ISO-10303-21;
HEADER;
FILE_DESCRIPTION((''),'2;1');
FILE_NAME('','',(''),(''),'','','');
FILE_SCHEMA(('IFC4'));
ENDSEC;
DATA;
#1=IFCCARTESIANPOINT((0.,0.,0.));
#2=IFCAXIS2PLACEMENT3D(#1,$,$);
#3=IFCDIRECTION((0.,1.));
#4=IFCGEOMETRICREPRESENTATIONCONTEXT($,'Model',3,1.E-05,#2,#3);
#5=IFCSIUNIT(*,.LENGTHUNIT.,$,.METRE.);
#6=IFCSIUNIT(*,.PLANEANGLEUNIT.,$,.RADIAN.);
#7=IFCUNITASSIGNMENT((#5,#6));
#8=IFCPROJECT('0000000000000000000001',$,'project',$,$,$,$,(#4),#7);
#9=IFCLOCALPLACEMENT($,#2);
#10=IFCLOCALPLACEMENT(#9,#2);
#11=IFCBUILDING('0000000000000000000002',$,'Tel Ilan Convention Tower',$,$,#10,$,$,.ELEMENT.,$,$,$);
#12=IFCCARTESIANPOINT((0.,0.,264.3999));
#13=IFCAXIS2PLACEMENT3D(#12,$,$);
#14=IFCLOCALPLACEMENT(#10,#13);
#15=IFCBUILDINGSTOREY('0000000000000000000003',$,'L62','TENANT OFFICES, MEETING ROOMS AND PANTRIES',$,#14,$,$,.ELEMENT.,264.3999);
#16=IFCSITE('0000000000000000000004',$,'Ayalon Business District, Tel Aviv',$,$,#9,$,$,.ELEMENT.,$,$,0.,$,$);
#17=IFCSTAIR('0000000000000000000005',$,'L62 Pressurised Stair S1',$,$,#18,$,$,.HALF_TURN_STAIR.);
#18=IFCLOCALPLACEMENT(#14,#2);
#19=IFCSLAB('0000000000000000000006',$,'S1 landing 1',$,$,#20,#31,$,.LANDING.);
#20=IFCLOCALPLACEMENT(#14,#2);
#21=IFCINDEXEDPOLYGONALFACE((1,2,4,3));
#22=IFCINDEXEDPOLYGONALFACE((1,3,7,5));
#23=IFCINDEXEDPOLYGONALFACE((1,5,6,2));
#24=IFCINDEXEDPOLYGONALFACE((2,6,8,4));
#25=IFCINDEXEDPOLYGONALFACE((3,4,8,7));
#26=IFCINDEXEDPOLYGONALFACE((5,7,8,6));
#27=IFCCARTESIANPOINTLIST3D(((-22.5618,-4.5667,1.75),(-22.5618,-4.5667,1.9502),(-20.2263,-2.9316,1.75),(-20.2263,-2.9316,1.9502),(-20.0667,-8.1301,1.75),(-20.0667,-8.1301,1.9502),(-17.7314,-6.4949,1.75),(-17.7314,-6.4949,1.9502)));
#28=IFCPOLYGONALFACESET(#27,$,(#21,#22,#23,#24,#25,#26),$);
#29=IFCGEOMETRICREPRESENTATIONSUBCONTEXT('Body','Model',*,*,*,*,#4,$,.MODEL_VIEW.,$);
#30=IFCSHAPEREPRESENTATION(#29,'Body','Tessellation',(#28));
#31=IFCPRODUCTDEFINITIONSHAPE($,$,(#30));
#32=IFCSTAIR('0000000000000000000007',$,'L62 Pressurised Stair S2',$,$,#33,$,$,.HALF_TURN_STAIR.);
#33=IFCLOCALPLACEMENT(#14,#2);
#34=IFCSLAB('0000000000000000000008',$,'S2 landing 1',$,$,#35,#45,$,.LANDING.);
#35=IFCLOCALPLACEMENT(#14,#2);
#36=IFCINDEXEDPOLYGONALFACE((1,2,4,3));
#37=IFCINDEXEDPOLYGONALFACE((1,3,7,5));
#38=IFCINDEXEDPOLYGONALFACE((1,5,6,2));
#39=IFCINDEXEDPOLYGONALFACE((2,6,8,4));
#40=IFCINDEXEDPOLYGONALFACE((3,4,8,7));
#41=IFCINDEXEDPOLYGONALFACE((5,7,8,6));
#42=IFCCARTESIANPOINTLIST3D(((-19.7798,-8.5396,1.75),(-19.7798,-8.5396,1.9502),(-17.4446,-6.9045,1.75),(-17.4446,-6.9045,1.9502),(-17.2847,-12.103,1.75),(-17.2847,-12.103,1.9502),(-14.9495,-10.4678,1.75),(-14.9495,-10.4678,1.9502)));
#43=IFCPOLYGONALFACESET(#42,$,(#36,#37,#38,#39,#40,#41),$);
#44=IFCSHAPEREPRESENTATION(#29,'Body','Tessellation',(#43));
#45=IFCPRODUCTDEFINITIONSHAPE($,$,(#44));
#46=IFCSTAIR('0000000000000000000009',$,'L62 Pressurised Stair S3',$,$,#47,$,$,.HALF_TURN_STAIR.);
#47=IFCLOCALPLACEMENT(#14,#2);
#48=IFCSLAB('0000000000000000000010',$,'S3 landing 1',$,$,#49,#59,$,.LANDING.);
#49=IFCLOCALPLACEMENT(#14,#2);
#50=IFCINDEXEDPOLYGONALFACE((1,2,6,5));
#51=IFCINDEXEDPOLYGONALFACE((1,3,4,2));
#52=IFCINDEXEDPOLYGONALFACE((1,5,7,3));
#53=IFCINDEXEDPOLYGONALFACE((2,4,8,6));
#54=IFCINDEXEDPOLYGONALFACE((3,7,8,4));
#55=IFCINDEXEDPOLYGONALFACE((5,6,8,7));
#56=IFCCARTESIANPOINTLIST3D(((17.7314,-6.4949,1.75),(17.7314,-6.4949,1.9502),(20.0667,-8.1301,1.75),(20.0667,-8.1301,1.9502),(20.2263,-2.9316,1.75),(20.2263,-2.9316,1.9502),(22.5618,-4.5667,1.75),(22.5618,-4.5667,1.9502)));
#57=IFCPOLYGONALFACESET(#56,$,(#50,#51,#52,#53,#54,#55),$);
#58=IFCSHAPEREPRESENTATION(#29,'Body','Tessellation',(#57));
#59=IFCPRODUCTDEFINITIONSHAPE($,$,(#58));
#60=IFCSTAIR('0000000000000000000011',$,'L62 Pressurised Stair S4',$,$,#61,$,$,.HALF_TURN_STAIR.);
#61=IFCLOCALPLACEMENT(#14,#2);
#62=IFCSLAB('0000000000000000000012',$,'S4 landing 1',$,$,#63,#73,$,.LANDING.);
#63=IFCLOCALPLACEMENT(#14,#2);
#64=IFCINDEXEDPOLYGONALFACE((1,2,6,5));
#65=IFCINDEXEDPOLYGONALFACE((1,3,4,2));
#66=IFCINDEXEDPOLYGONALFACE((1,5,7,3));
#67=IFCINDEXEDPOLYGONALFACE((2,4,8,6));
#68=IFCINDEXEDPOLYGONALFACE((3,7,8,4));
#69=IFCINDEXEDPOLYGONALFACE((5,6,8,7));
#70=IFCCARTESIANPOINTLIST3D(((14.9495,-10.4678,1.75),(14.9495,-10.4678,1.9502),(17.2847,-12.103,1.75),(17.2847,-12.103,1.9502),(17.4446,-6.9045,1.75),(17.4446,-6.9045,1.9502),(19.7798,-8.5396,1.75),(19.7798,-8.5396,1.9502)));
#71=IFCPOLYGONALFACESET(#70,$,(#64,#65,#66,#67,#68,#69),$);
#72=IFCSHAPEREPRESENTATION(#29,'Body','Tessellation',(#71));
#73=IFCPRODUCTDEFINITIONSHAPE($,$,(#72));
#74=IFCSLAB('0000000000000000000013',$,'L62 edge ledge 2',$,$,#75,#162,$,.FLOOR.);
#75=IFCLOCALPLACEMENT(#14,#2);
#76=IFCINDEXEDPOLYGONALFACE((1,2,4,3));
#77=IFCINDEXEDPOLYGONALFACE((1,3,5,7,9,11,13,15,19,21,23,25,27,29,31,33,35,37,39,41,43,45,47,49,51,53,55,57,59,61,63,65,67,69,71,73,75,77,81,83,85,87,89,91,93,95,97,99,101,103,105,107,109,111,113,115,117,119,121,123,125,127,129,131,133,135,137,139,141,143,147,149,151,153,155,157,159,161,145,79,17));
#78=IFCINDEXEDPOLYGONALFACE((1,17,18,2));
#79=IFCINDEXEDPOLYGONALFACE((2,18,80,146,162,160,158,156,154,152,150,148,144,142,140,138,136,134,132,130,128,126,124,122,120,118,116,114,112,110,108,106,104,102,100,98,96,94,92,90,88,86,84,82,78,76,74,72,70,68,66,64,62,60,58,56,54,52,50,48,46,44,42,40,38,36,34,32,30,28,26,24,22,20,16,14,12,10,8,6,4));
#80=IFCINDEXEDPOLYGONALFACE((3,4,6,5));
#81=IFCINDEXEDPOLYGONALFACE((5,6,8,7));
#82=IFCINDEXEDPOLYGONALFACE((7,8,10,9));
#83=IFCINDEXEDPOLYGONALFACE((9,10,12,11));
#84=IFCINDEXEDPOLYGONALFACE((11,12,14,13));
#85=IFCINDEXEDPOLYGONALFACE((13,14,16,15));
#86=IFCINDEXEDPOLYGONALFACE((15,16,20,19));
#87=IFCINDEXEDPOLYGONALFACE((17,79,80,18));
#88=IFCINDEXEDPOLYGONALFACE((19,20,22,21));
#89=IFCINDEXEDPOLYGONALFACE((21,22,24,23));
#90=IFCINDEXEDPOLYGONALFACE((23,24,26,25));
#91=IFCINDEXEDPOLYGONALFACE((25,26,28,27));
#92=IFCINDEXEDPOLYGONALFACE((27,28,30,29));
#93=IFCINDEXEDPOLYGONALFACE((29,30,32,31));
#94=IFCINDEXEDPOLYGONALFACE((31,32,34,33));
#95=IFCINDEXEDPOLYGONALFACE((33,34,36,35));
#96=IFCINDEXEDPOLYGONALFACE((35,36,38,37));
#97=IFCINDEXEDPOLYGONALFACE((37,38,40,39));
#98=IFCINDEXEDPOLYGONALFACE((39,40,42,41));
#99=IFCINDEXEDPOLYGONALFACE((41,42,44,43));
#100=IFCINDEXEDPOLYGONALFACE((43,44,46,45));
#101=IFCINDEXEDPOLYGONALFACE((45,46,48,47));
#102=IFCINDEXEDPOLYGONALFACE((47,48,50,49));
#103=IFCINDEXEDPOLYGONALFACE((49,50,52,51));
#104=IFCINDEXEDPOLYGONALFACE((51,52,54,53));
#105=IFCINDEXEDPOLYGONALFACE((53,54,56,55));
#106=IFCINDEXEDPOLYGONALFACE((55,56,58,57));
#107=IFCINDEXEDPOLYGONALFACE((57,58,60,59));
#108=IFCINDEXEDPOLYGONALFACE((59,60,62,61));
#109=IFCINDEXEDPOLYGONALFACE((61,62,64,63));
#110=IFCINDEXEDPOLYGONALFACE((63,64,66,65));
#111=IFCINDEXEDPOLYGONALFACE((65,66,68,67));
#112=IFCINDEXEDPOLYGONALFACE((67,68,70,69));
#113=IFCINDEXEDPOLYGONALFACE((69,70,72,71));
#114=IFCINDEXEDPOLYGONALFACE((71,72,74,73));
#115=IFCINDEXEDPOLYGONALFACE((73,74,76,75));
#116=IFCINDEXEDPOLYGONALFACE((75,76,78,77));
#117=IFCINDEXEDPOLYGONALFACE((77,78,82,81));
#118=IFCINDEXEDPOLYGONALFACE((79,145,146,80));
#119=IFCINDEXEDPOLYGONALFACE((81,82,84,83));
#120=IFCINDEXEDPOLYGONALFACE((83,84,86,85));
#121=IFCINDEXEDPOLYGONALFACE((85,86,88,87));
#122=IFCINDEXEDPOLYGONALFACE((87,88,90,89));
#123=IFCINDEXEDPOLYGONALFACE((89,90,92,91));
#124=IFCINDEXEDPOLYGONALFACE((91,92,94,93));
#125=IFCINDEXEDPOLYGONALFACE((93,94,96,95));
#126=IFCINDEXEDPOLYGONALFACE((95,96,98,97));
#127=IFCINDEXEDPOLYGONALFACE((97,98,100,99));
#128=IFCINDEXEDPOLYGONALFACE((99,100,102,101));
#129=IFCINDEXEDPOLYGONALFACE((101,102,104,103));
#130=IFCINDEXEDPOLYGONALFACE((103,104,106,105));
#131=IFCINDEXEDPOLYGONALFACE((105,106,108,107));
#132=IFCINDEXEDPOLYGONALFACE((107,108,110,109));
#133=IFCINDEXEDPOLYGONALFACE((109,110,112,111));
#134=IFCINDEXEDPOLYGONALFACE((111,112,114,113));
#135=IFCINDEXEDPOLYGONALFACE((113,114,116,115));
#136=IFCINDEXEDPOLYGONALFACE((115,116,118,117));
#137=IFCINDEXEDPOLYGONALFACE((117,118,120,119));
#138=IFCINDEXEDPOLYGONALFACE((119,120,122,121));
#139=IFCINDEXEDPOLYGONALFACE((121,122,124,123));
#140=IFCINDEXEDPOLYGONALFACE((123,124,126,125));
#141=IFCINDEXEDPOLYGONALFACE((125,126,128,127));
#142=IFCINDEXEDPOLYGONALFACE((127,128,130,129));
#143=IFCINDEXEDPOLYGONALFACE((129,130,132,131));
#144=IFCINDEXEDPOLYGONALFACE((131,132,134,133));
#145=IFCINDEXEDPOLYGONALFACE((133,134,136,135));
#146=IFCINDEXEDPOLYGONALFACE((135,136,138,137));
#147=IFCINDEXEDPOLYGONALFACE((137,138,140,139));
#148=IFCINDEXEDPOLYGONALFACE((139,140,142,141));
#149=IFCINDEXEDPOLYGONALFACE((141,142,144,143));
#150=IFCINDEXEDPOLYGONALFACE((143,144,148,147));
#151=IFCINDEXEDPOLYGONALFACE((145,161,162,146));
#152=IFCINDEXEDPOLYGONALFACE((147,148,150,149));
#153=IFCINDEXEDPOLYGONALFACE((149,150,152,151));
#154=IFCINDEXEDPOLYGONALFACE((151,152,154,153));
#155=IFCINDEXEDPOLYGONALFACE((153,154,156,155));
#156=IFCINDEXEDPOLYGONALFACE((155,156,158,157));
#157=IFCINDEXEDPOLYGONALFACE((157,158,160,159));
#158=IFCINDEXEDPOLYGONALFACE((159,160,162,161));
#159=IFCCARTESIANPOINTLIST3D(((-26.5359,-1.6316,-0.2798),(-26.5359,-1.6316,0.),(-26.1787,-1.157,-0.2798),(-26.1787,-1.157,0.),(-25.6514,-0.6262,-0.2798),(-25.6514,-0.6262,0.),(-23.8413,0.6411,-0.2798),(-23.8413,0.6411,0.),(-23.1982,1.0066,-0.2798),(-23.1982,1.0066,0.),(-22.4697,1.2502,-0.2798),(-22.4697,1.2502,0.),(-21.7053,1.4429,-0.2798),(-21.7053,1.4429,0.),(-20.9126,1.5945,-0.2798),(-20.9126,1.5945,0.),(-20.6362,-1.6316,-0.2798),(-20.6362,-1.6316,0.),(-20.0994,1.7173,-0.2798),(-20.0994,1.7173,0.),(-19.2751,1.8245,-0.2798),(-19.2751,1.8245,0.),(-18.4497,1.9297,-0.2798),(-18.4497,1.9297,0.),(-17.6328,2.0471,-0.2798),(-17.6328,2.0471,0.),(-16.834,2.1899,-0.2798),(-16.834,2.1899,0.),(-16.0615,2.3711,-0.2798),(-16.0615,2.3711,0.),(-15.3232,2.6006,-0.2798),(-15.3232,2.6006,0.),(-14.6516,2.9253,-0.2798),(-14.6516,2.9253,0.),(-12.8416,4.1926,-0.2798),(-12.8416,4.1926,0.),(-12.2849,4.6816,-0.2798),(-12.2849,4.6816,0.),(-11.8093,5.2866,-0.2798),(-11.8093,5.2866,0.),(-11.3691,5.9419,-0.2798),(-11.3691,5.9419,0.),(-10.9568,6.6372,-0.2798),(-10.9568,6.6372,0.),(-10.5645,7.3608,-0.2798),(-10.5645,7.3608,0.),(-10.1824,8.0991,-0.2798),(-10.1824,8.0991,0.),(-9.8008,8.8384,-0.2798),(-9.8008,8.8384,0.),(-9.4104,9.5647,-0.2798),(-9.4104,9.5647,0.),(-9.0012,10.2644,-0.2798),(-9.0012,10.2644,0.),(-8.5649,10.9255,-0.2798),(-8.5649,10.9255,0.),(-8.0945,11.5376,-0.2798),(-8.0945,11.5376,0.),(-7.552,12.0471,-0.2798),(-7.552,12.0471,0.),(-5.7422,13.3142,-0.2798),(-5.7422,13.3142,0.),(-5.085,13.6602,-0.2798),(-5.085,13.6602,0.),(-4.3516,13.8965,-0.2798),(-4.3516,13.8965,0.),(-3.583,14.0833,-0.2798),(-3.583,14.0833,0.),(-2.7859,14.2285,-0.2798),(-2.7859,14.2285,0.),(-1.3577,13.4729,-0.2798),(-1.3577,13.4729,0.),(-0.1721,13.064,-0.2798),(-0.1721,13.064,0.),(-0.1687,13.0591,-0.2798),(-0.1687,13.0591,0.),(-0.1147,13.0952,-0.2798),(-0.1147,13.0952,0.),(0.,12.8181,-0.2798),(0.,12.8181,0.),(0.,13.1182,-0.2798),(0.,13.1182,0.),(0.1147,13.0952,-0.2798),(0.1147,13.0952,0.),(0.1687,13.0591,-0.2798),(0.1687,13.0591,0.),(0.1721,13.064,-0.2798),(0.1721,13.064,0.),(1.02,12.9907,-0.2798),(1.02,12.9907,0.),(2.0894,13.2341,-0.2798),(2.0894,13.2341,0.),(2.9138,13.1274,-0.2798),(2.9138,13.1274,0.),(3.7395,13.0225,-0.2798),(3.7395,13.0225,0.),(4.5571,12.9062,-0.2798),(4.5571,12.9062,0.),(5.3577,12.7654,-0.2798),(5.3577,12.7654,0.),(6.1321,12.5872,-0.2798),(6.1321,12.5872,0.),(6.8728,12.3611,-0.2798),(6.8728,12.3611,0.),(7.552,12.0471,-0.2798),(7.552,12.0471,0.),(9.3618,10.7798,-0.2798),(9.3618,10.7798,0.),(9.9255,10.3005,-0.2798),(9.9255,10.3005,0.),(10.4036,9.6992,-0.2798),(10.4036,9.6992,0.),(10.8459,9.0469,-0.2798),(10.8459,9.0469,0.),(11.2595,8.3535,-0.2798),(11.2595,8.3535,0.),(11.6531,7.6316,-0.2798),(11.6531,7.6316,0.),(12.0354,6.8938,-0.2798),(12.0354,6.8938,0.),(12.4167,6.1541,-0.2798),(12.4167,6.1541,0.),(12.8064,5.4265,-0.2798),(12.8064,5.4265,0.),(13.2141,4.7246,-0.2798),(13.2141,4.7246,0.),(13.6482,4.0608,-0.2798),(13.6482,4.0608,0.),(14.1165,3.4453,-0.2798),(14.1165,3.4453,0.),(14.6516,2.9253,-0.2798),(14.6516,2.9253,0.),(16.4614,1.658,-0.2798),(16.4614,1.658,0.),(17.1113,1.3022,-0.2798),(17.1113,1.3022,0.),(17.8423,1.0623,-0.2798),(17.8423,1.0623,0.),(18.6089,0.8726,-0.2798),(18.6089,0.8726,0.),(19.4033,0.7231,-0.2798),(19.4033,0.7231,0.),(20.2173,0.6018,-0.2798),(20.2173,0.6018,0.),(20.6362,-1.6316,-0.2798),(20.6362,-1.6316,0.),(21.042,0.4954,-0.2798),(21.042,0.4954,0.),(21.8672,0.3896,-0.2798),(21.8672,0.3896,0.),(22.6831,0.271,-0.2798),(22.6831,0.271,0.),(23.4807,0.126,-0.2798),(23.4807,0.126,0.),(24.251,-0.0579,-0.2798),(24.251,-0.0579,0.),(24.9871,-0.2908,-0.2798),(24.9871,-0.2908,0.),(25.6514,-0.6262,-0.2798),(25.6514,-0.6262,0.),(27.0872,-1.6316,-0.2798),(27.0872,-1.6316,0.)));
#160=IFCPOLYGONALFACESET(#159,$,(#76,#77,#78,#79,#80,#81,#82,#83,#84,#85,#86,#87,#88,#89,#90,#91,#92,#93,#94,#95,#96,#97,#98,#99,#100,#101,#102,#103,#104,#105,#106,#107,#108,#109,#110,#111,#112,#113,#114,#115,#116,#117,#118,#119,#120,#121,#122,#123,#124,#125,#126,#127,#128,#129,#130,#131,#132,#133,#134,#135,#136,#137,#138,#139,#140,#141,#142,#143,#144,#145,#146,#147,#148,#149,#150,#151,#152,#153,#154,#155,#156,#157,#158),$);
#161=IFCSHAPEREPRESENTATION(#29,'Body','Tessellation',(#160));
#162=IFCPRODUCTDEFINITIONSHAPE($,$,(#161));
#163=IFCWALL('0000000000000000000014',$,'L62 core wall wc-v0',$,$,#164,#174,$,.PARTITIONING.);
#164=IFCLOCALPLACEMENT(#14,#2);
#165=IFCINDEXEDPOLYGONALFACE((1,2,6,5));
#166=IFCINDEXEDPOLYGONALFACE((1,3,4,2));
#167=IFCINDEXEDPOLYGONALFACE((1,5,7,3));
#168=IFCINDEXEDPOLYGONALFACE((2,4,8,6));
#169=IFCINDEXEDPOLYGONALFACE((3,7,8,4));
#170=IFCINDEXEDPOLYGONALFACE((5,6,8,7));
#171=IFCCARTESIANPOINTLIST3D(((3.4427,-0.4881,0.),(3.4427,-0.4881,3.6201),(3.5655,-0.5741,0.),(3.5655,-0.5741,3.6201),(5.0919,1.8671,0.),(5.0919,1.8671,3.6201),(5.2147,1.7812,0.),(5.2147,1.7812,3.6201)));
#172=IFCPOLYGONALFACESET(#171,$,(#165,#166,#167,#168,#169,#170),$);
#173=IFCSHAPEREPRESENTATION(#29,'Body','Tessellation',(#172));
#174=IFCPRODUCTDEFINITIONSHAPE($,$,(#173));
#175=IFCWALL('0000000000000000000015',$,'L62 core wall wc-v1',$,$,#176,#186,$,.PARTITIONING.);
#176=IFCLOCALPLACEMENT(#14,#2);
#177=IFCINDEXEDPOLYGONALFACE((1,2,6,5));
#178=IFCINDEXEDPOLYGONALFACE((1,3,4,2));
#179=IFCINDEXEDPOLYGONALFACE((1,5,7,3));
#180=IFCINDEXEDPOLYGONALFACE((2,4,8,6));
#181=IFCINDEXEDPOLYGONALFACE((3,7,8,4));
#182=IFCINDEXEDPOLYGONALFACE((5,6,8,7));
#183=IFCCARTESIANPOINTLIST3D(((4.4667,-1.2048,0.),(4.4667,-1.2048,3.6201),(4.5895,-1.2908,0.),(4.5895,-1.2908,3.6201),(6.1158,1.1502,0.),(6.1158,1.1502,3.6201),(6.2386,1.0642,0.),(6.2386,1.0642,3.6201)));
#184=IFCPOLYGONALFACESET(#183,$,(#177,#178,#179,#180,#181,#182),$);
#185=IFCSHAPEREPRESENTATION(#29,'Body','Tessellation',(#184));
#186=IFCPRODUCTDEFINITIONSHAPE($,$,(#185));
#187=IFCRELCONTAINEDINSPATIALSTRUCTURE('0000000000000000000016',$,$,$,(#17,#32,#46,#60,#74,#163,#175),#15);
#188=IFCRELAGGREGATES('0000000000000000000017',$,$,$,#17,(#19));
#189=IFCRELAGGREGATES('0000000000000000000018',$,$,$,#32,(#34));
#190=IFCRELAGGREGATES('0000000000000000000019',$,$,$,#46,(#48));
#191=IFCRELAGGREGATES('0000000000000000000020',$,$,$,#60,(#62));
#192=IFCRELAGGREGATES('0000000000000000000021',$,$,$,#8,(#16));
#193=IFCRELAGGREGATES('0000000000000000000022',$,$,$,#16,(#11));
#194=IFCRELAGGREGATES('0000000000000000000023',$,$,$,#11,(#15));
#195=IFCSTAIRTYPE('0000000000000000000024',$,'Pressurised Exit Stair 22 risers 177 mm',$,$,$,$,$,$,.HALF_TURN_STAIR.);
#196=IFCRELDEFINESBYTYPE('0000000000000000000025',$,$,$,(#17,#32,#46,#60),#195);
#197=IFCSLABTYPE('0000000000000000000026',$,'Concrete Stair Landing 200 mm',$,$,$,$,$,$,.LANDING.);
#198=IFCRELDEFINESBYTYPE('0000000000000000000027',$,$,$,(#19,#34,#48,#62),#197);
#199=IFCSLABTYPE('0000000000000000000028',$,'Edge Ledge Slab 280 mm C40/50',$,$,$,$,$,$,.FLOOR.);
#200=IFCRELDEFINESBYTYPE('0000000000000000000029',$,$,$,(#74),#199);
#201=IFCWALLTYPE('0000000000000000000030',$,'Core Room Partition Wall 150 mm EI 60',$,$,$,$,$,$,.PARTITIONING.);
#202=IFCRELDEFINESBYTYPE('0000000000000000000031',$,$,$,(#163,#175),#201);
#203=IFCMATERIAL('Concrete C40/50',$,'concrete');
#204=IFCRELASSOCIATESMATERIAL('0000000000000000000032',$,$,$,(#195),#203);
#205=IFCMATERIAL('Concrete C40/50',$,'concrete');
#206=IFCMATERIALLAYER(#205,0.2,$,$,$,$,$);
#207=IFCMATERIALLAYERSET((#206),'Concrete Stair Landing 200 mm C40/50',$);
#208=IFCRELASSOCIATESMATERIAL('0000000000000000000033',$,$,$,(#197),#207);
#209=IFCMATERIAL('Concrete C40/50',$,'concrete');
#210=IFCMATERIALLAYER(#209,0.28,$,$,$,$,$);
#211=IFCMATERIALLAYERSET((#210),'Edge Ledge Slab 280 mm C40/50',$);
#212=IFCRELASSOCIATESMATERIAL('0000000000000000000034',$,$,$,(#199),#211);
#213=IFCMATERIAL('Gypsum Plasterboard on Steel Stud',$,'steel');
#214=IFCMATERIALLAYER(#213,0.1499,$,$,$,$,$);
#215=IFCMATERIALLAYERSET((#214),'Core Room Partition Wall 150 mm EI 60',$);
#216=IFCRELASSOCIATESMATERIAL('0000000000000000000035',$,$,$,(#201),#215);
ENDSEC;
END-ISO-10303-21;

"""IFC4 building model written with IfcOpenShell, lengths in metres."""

from ifc_helpers import new_model, si_unit, direction, frame, frame_2d, origin, place, context, subcontext, project, spatial, polyline, rectangle, outline, extrude, material, layer, layer_set, type_object, element, aggregate, save


model = new_model("IFC4")

# Units and contexts
model_context = context("Model", 3, precision=1e-05, world=origin(), true_north=direction((0.0, 1.0)))
body_context = subcontext(model_context, "Body", "Model", "MODEL_VIEW")
ifc_project = project(units=[si_unit("LENGTHUNIT", "METRE"), si_unit("PLANEANGLEUNIT", "RADIAN")], contexts=[model_context])

# Site, building, storey
site_placement = place(None, origin())
site = spatial("IfcSite", under=ifc_project, at=site_placement, Name="Ayalon Business District, Tel Aviv", CompositionType="ELEMENT", RefElevation=0.0)
building_placement = place(site_placement, origin())
building = spatial("IfcBuilding", under=site, at=building_placement, Name="Tel Ilan Convention Tower", CompositionType="ELEMENT")
storey_placement = place(building_placement, frame((0.0, 0.0, 264.3999)))
storey = spatial("IfcBuildingStorey", under=building, at=storey_placement, Name="L62", Description="TENANT OFFICES, MEETING ROOMS AND PANTRIES", CompositionType="ELEMENT", Elevation=264.3999)

# Stairs, slabs
ifc_material_1 = material(Name="Concrete C40/50", Category="concrete")
stair_type = type_object("IfcStairType", Name="Pressurised Exit Stair 22 risers 177 mm", PredefinedType="HALF_TURN_STAIR", material=ifc_material_1)
stair_1_placement = place(storey_placement, origin())
stair_1 = element("IfcStair", 1, at=stair_1_placement, inside=storey, type_object=stair_type, Name="L62 Pressurised Stair S1", PredefinedType="HALF_TURN_STAIR")
ifc_material_2 = material(Name="Concrete C40/50", Category="concrete")
ifc_layer_1 = layer(ifc_material_2, 0.2)
ifc_layer_set_1 = layer_set([ifc_layer_1], Name="Concrete Stair Landing 200 mm C40/50")
slab_type_1 = type_object("IfcSlabType", Name="Concrete Stair Landing 200 mm", PredefinedType="LANDING", material=ifc_layer_set_1)
slab_1_placement = place(storey_placement, frame((0.0, 0.0, 1.75)))
slab_1 = element("IfcSlab", 2, at=slab_1_placement, type_object=slab_type_1, Name="S1 landing 1", PredefinedType="LANDING", context=body_context, shape_type="SweptSolid", body=[
    extrude(outline(polyline([(-20.0667, -8.1301), (-17.7314, -6.4949), (-20.2263, -2.9316), (-22.5618, -4.5667), (-20.0667, -8.1301)])), origin(), (0.0, 0.0, 1.0), 0.2002),
])
aggregate(stair_1, [slab_1])
stair_2_placement = place(storey_placement, origin())
stair_2 = element("IfcStair", 3, at=stair_2_placement, inside=storey, type_object=stair_type, Name="L62 Pressurised Stair S2", PredefinedType="HALF_TURN_STAIR")
slab_2_placement = place(storey_placement, frame((0.0, 0.0, 1.75)))
slab_2 = element("IfcSlab", 4, at=slab_2_placement, type_object=slab_type_1, Name="S2 landing 1", PredefinedType="LANDING", context=body_context, shape_type="SweptSolid", body=[
    extrude(outline(polyline([(-17.2847, -12.103), (-14.9495, -10.4678), (-17.4446, -6.9045), (-19.7798, -8.5396), (-17.2847, -12.103)])), origin(), (0.0, 0.0, 1.0), 0.2002),
])
aggregate(stair_2, [slab_2])
stair_3_placement = place(storey_placement, origin())
stair_3 = element("IfcStair", 5, at=stair_3_placement, inside=storey, type_object=stair_type, Name="L62 Pressurised Stair S3", PredefinedType="HALF_TURN_STAIR")
slab_3_placement = place(storey_placement, frame((0.0, 0.0, 1.75)))
slab_3 = element("IfcSlab", 6, at=slab_3_placement, type_object=slab_type_1, Name="S3 landing 1", PredefinedType="LANDING", context=body_context, shape_type="SweptSolid", body=[
    extrude(outline(polyline([(22.5618, -4.5667), (20.2263, -2.9316), (17.7314, -6.4949), (20.0667, -8.1301), (22.5618, -4.5667)])), origin(), (0.0, 0.0, 1.0), 0.2002),
])
aggregate(stair_3, [slab_3])
stair_4_placement = place(storey_placement, origin())
stair_4 = element("IfcStair", 7, at=stair_4_placement, inside=storey, type_object=stair_type, Name="L62 Pressurised Stair S4", PredefinedType="HALF_TURN_STAIR")
slab_4_placement = place(storey_placement, frame((0.0, 0.0, 1.75)))
slab_4 = element("IfcSlab", 8, at=slab_4_placement, type_object=slab_type_1, Name="S4 landing 1", PredefinedType="LANDING", context=body_context, shape_type="SweptSolid", body=[
    extrude(outline(polyline([(19.7798, -8.5396), (17.4446, -6.9045), (14.9495, -10.4678), (17.2847, -12.103), (19.7798, -8.5396)])), origin(), (0.0, 0.0, 1.0), 0.2002),
])
aggregate(stair_4, [slab_4])

# Slab
ifc_material_3 = material(Name="Concrete C40/50", Category="concrete")
ifc_layer_2 = layer(ifc_material_3, 0.28)
ifc_layer_set_2 = layer_set([ifc_layer_2], Name="Edge Ledge Slab 280 mm C40/50")
slab_type_2 = type_object("IfcSlabType", Name="Edge Ledge Slab 280 mm C40/50", PredefinedType="FLOOR", material=ifc_layer_set_2)
slab_5_placement = place(storey_placement, frame((0.0, 0.0, -0.2798)))
element("IfcSlab", 9, at=slab_5_placement, inside=storey, type_object=slab_type_2, Name="L62 edge ledge 2", PredefinedType="FLOOR", context=body_context, shape_type="SweptSolid", body=[
    extrude(outline(polyline([(-23.1982, 1.0066), (-22.4697, 1.2502), (-21.7053, 1.4429), (-20.9126, 1.5945), (-20.0994, 1.7173), (-19.2751, 1.8245), (-18.4497, 1.9297), (-17.6328, 2.0471), (-16.834, 2.1899), (-16.0615, 2.3711), (-15.3232, 2.6006), (-14.6516, 2.9253), (-12.8416, 4.1926), (-12.2849, 4.6816), (-11.8093, 5.2866), (-11.3691, 5.9419), (-10.9568, 6.6372), (-10.5645, 7.3608), (-10.1824, 8.0991), (-9.8008, 8.8384), (-9.4104, 9.5647), (-9.0012, 10.2644), (-8.5649, 10.9255), (-8.0945, 11.5376), (-7.552, 12.0471), (-5.7422, 13.3142), (-5.085, 13.6602), (-4.3516, 13.8965), (-3.583, 14.0833), (-2.7859, 14.2285), (-1.3577, 13.4729), (-0.1721, 13.064), (-0.1687, 13.0591), (-0.1147, 13.0952), (0.0, 13.1182), (0.1147, 13.0952), (0.1687, 13.0591), (0.1721, 13.064), (1.02, 12.9907), (2.0894, 13.2341), (2.9138, 13.1274), (3.7395, 13.0225), (4.5571, 12.9062), (5.3577, 12.7654), (6.1321, 12.5872), (6.8728, 12.3611), (7.552, 12.0471), (9.3618, 10.7798), (9.9255, 10.3005), (10.4036, 9.6992), (10.8459, 9.0469), (11.2595, 8.3535), (11.6531, 7.6316), (12.0354, 6.8938), (12.4167, 6.1541), (12.8064, 5.4265), (13.2141, 4.7246), (13.6482, 4.0608), (14.1165, 3.4453), (14.6516, 2.9253), (16.4614, 1.658), (17.1113, 1.3022), (17.8423, 1.0623), (18.6089, 0.8726), (19.4033, 0.7231), (20.2173, 0.6018), (21.042, 0.4954), (21.8672, 0.3896), (22.6831, 0.271), (23.4807, 0.126), (24.251, -0.0579), (24.9871, -0.2908), (25.6514, -0.6262), (27.0872, -1.6316), (20.6362, -1.6316), (0.0, 12.8181), (-20.6362, -1.6316), (-26.5359, -1.6316), (-26.1787, -1.157), (-25.6514, -0.6262), (-23.8413, 0.6411), (-23.1982, 1.0066)])), origin(), (0.0, 0.0, 1.0), 0.2798),
])

# Walls
ifc_material_4 = material(Name="Gypsum Plasterboard on Steel Stud", Category="steel")
ifc_layer_3 = layer(ifc_material_4, 0.1499)
ifc_layer_set_3 = layer_set([ifc_layer_3], Name="Core Room Partition Wall 150 mm EI 60")
wall_type_1 = type_object("IfcWallType", Name="Core Room Partition Wall 150 mm EI 60", PredefinedType="PARTITIONING", material=ifc_layer_set_3)
wall_1_placement = place(storey_placement, frame((3.5042, -0.531, 0.0), z_axis=(0.0, 0.0, 1.0), x_axis=(0.573582, 0.819148, 0.0)))
element("IfcWall", 10, at=wall_1_placement, inside=storey, type_object=wall_type_1, Name="L62 core wall wc-v0", PredefinedType="PARTITIONING", context=body_context, shape_type="SweptSolid", body=[
    extrude(rectangle(XDim=2.8752, YDim=0.1499, at=frame_2d((1.4375, 0.0))), origin(), (0.0, 0.0, 1.0), 3.6201),
])
wall_2_placement = place(storey_placement, frame((4.5281, -1.2478, 0.0), z_axis=(0.0, 0.0, 1.0), x_axis=(0.573622, 0.81912, 0.0)))
element("IfcWall", 11, at=wall_2_placement, inside=storey, type_object=wall_type_1, Name="L62 core wall wc-v1", PredefinedType="PARTITIONING", context=body_context, shape_type="SweptSolid", body=[
    extrude(rectangle(XDim=2.875, YDim=0.1499, at=frame_2d((1.4375, 0.0))), origin(), (0.0, 0.0, 1.0), 3.6201),
])

save(model, "model.ifc")
